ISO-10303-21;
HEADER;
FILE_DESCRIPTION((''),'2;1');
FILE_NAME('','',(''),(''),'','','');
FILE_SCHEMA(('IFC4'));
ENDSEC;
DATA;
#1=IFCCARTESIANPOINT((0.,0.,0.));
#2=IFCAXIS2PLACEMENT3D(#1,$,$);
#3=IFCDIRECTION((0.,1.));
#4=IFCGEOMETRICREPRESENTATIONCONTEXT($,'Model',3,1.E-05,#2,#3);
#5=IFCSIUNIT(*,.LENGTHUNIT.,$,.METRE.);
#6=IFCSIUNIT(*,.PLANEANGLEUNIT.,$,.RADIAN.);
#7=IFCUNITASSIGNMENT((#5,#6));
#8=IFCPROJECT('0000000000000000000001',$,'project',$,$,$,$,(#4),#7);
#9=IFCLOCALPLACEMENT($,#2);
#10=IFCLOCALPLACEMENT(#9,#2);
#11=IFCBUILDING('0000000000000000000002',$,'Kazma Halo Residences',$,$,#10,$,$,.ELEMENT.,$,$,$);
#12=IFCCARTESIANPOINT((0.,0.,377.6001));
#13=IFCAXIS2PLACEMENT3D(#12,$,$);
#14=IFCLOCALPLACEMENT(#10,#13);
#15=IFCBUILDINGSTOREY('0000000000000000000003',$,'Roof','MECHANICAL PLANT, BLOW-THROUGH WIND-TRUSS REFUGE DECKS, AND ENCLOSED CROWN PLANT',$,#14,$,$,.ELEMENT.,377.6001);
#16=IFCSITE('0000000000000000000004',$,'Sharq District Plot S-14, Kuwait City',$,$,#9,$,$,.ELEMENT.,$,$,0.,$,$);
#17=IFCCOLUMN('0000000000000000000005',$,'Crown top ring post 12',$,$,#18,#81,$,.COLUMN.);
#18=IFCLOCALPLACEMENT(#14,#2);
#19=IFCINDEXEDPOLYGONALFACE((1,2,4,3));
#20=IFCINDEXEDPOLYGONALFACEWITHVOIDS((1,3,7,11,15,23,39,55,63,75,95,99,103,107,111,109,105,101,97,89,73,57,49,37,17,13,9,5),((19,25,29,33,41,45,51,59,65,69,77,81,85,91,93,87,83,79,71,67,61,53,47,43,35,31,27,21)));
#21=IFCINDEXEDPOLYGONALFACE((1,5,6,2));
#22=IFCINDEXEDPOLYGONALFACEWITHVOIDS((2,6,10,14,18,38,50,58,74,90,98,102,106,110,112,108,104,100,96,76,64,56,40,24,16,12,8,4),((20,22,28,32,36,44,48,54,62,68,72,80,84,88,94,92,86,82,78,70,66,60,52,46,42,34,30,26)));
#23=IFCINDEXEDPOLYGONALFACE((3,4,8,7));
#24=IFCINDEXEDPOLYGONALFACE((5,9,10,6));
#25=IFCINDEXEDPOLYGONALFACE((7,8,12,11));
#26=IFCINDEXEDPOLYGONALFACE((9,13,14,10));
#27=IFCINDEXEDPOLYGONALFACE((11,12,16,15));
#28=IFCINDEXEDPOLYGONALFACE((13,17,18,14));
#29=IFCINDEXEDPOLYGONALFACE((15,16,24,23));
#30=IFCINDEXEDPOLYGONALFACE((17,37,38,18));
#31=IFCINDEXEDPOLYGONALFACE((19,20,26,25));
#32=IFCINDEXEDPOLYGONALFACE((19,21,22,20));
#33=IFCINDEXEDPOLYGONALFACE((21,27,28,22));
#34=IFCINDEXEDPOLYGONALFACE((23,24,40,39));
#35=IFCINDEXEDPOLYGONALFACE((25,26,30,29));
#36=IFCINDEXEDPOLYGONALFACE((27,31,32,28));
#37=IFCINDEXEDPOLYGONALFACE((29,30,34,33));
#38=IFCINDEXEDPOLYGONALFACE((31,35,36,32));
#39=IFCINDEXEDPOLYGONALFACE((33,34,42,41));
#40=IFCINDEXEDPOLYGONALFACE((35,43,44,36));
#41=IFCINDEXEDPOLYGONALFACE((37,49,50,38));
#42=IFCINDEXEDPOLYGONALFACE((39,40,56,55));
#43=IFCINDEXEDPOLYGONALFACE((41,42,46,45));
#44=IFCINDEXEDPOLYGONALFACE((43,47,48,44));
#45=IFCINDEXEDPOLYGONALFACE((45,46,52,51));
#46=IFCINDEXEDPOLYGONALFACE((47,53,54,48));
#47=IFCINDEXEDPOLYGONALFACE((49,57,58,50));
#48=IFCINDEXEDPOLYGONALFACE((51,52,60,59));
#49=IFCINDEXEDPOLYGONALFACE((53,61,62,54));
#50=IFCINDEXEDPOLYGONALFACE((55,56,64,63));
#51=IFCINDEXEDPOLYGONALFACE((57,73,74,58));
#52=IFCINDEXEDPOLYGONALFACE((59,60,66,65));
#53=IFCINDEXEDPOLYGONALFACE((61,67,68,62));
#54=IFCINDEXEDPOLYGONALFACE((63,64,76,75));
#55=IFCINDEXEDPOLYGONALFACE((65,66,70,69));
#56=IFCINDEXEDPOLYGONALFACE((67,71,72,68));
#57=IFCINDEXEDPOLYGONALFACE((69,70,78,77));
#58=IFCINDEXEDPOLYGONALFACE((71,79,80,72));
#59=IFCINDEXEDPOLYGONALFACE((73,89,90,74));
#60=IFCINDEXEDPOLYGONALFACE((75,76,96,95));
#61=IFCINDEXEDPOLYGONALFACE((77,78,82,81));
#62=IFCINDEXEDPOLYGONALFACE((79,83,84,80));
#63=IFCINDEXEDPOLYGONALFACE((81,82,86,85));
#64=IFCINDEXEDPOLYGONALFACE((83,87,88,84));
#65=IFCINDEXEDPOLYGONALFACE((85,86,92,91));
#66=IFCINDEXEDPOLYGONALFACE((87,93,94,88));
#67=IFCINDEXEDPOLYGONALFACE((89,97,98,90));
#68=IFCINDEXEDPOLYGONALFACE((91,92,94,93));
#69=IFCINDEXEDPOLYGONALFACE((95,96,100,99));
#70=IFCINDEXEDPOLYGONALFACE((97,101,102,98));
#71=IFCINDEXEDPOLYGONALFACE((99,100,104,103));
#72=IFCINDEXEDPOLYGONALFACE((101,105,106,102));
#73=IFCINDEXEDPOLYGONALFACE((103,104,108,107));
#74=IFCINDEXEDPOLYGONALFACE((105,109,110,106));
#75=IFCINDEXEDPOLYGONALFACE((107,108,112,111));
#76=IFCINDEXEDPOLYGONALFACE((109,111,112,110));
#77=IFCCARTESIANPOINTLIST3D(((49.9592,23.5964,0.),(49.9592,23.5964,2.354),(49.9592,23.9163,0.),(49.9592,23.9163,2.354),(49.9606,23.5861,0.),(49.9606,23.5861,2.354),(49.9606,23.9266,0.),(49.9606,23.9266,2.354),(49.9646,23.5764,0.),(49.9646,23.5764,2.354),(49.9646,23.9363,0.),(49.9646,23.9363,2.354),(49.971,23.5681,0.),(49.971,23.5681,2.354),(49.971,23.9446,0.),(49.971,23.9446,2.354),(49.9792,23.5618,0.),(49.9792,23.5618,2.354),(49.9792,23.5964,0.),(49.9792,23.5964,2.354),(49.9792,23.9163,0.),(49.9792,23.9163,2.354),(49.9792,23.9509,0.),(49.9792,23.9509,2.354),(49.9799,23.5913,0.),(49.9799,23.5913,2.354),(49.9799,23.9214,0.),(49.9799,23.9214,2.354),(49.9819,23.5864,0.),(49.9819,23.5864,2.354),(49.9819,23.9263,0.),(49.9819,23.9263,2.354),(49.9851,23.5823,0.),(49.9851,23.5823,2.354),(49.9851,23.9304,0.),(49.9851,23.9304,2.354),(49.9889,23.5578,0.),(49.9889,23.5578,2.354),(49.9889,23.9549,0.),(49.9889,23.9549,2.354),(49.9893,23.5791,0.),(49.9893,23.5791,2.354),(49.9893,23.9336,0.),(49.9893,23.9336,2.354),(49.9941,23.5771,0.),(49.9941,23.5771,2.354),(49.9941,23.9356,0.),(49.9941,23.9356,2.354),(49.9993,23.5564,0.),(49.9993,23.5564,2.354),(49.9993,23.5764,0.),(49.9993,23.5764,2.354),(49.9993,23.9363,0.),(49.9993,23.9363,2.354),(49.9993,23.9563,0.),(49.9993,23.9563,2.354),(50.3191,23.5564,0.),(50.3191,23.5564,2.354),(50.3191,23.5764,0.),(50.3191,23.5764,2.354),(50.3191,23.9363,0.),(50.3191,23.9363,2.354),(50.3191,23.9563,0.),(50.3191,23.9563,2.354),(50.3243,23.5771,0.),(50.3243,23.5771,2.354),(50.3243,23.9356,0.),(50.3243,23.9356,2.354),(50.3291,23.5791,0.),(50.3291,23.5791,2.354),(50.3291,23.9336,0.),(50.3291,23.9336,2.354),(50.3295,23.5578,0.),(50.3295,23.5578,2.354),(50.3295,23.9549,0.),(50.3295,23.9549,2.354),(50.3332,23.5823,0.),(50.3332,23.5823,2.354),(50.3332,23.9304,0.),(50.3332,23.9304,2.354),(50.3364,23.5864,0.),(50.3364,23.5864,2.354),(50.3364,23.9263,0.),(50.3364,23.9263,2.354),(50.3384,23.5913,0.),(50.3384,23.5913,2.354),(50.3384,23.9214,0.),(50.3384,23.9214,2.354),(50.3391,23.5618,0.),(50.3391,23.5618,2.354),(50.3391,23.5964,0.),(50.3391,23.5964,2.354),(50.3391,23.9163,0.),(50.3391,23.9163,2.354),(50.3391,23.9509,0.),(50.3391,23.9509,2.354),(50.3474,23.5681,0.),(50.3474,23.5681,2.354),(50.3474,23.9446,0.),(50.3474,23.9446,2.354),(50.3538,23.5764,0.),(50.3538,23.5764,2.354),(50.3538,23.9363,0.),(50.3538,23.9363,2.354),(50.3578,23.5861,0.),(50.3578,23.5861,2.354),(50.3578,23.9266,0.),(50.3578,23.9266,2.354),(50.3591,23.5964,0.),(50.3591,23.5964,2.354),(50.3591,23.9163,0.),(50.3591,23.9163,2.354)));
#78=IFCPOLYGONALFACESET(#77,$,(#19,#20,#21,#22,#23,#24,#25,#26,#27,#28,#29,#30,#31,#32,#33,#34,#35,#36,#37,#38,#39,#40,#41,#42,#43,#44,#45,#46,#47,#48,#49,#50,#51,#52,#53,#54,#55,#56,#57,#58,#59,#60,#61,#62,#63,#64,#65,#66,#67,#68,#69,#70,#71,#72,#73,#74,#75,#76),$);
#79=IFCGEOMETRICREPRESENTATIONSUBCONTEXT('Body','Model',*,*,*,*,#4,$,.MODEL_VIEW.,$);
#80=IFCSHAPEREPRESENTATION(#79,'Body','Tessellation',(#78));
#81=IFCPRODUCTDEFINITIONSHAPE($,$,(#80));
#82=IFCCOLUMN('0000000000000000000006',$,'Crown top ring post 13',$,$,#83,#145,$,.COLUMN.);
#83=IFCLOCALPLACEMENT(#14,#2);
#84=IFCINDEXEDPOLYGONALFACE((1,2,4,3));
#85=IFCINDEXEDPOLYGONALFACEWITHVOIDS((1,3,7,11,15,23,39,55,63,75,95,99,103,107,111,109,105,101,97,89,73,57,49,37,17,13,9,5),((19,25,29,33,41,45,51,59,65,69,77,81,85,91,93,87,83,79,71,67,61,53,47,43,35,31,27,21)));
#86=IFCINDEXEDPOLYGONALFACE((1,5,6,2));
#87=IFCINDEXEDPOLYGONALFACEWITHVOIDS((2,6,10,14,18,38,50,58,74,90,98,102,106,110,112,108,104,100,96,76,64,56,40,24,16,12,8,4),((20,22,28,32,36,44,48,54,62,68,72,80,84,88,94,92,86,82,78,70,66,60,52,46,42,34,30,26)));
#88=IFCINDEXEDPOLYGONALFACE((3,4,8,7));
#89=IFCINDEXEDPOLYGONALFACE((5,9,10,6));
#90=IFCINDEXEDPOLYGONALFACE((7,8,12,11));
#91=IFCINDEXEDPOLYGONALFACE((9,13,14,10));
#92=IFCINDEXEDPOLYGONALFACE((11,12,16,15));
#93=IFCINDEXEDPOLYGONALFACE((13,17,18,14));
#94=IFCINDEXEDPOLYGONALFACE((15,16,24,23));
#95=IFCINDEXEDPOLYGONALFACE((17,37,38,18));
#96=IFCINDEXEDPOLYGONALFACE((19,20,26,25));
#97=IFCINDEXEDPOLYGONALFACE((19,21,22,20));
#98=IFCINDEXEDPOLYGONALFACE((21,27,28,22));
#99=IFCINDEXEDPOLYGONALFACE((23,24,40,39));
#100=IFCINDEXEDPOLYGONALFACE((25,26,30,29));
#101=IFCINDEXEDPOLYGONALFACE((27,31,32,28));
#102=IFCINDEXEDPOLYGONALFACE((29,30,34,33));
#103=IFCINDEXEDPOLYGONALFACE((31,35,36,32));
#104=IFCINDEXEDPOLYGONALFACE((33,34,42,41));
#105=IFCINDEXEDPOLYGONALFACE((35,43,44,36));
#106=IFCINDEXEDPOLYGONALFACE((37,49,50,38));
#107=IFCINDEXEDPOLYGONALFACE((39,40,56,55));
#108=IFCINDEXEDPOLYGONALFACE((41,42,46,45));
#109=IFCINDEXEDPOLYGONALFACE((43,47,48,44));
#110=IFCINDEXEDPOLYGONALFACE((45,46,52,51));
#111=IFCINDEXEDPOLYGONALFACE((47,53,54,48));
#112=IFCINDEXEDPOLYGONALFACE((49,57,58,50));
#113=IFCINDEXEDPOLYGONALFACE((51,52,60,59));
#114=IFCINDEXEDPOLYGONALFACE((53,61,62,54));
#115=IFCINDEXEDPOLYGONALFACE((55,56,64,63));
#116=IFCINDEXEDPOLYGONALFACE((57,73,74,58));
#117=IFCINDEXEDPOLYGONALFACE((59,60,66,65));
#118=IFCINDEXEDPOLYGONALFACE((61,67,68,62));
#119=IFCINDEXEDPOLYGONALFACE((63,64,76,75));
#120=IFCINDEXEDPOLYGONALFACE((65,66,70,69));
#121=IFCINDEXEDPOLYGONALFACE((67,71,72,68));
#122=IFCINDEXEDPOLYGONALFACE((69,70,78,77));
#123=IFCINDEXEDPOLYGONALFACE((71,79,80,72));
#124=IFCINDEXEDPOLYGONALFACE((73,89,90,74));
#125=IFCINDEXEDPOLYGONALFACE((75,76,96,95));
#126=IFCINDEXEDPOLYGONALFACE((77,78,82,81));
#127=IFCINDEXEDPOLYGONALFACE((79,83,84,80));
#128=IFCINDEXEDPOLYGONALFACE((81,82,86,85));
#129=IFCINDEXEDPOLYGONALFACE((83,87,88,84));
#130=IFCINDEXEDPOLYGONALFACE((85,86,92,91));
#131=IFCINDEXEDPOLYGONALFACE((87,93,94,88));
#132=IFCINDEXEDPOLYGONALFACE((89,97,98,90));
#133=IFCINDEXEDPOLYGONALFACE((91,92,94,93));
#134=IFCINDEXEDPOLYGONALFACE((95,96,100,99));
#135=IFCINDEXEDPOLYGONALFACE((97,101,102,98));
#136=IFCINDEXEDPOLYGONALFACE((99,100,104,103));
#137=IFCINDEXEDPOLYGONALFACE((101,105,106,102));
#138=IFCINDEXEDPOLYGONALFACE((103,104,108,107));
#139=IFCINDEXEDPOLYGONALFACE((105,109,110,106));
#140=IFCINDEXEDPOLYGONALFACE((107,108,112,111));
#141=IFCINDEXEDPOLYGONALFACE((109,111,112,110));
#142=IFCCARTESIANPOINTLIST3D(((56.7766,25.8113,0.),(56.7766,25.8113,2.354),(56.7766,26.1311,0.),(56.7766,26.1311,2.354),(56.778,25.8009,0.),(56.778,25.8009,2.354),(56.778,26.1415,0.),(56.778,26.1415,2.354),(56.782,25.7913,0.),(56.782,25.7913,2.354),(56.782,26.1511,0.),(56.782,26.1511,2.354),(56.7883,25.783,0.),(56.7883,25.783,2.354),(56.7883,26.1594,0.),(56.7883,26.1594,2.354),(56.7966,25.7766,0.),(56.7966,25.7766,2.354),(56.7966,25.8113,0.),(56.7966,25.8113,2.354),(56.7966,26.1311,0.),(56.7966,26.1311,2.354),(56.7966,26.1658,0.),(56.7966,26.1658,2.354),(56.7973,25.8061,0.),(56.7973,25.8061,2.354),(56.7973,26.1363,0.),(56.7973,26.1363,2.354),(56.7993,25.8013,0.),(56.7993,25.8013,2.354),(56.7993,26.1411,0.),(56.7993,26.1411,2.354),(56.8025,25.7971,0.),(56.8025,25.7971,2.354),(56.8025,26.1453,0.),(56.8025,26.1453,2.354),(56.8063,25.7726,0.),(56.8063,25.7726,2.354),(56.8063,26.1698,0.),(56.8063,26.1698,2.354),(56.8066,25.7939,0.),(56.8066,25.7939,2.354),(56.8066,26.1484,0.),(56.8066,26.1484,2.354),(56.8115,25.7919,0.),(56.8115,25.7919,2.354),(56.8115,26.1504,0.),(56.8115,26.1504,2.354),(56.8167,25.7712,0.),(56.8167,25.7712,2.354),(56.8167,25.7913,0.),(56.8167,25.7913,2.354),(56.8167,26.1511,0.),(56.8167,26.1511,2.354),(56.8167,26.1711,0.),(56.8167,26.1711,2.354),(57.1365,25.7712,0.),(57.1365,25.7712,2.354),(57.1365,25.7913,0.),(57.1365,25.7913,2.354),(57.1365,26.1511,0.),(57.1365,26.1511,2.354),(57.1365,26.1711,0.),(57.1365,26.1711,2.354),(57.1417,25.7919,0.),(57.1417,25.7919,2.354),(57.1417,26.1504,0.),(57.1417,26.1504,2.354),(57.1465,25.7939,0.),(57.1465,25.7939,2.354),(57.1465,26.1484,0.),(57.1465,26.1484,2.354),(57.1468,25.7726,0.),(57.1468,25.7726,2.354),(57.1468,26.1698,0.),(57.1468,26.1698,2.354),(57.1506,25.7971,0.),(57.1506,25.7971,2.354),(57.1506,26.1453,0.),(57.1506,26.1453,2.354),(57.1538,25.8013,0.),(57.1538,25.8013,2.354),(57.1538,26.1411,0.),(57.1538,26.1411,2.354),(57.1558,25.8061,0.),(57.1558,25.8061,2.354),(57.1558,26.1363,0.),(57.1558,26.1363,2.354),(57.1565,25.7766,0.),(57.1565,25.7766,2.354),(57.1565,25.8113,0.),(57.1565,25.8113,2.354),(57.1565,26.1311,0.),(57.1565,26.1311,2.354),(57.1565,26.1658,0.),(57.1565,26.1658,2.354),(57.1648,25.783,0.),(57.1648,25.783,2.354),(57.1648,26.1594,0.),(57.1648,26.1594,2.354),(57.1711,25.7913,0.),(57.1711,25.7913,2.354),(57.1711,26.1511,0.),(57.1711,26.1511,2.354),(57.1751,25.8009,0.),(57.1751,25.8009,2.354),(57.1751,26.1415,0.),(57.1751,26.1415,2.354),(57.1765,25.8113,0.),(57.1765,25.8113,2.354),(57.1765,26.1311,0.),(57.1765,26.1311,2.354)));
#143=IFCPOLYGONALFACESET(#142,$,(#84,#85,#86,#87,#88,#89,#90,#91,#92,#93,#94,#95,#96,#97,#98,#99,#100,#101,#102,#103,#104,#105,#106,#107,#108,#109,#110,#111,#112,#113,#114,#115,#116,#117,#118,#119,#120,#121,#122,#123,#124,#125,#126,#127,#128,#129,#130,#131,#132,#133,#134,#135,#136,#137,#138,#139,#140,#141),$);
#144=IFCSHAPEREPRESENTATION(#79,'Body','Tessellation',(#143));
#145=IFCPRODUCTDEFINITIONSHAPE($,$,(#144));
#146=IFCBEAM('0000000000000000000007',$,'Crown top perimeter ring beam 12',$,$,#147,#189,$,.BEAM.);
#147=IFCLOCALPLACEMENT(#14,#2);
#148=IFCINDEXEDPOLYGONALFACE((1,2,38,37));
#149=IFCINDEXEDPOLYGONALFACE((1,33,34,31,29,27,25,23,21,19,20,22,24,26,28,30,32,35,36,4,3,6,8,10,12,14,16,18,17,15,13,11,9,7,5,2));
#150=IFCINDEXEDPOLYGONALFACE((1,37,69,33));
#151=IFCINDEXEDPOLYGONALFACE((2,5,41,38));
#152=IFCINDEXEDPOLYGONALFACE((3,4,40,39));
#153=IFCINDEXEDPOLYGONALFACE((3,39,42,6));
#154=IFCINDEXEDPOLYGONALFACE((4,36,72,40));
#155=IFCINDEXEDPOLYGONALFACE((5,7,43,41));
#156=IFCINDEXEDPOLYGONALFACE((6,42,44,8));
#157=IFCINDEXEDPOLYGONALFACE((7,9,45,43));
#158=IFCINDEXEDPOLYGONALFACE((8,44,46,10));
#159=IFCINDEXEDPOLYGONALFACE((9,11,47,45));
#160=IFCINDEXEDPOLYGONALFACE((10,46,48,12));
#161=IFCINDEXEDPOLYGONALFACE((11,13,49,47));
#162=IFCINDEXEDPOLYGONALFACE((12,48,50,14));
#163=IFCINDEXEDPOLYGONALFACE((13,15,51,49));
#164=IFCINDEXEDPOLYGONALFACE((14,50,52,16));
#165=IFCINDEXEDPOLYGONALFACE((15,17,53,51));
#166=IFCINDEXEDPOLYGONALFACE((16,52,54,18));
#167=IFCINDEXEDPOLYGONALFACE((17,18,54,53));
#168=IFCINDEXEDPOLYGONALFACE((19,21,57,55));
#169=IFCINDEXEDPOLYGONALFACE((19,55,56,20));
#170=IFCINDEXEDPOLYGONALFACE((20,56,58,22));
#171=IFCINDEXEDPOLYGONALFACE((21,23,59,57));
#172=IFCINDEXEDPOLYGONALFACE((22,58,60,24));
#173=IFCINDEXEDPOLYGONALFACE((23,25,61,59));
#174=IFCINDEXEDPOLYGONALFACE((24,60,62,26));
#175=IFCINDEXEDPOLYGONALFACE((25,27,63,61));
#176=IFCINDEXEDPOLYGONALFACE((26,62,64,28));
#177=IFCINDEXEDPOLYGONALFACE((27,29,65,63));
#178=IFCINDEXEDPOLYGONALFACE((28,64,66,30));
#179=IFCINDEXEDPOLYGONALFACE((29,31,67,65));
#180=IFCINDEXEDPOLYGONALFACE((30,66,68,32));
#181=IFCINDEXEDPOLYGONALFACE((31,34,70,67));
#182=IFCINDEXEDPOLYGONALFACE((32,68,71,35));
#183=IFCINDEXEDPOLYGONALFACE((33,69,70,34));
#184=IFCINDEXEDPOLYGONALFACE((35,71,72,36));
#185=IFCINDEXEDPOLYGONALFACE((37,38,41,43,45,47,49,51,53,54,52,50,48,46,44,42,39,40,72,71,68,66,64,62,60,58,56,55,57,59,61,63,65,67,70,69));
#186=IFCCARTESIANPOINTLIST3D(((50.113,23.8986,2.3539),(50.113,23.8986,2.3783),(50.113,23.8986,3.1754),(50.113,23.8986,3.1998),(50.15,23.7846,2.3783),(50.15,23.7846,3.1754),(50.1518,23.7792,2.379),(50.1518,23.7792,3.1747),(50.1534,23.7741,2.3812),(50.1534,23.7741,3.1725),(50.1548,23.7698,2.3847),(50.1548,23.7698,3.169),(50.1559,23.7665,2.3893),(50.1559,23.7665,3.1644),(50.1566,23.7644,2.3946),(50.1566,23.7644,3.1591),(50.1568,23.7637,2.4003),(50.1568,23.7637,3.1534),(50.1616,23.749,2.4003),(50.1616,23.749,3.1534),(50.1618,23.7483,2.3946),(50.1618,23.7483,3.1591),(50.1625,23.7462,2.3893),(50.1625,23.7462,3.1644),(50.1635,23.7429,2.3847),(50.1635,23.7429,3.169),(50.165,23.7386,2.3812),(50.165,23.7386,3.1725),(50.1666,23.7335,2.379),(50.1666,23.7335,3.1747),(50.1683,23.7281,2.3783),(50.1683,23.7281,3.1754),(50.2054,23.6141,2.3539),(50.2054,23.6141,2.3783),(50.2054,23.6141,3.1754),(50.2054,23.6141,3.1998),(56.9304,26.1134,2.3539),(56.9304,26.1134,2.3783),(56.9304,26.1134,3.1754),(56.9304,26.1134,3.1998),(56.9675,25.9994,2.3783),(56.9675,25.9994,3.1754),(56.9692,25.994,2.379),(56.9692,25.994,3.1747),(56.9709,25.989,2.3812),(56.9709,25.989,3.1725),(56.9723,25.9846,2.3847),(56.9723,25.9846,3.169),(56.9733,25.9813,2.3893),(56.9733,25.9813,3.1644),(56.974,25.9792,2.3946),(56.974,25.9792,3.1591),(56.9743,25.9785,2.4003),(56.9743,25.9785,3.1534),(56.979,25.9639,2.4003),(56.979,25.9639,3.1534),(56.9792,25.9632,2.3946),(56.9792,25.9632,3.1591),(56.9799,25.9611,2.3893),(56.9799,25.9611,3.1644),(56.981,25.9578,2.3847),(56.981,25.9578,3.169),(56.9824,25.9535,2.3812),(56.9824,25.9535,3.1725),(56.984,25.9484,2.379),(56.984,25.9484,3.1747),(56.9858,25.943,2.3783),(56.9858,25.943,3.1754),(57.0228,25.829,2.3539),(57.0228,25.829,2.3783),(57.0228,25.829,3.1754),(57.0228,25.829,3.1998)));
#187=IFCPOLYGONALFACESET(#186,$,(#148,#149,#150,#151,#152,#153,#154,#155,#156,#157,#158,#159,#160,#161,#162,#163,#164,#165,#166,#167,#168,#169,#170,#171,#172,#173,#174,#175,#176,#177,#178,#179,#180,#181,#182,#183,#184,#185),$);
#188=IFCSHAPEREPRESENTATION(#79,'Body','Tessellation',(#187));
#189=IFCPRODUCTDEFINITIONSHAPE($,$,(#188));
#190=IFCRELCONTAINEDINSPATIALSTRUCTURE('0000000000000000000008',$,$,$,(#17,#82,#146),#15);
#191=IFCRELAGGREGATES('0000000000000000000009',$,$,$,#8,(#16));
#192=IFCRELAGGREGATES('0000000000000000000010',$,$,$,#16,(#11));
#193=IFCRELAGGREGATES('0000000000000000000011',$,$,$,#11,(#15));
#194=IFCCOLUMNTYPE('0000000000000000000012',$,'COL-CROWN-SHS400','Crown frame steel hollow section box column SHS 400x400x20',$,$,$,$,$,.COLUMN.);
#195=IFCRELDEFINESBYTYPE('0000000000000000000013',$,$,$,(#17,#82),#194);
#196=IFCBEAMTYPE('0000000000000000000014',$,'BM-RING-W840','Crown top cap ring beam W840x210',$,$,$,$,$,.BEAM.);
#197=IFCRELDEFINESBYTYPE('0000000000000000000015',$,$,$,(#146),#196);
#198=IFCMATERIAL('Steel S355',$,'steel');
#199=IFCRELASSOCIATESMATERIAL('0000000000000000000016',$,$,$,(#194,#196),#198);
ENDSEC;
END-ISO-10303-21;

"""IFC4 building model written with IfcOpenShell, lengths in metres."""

from ifc_helpers import new_model, si_unit, direction, frame, origin, origin_2d, place, context, subcontext, project, spatial, hollow_rectangle, i_section, extrude, material, material_profile, profile_set, type_object, element, save


model = new_model("IFC4")

# Units and contexts
model_context = context("Model", 3, precision=1e-05, world=origin(), true_north=direction((0.0, 1.0)))
body_context = subcontext(model_context, "Body", "Model", "MODEL_VIEW")
ifc_project = project(units=[si_unit("LENGTHUNIT", "METRE"), si_unit("PLANEANGLEUNIT", "RADIAN")], contexts=[model_context])

# Site, building, storey
site_placement = place(None, origin())
site = spatial("IfcSite", under=ifc_project, at=site_placement, Name="Sharq District Plot S-14, Kuwait City", CompositionType="ELEMENT", RefElevation=0.0)
building_placement = place(site_placement, origin())
building = spatial("IfcBuilding", under=site, at=building_placement, Name="Kazma Halo Residences", CompositionType="ELEMENT")
storey_placement = place(building_placement, frame((0.0, 0.0, 377.6001)))
storey = spatial("IfcBuildingStorey", under=building, at=storey_placement, Name="Roof", Description="MECHANICAL PLANT, BLOW-THROUGH WIND-TRUSS REFUGE DECKS, AND ENCLOSED CROWN PLANT", CompositionType="ELEMENT", Elevation=377.6001)

# Columns
ifc_material_1 = material(Name="Steel S355", Category="steel")
ifc_material_profile_1 = material_profile(ifc_material_1, hollow_rectangle(XDim=0.3999, YDim=0.3999, WallThickness=0.02, InnerFilletRadius=0.02, OuterFilletRadius=0.04, at=origin_2d()), Name="SHS400x400x20")
ifc_profile_set_1 = profile_set([ifc_material_profile_1], Name="Steel S355")
column_type = type_object("IfcColumnType", Name="COL-CROWN-SHS400", Description="Crown frame steel hollow section box column SHS 400x400x20", PredefinedType="COLUMN", material=ifc_profile_set_1)
for number, where, z_axis, x_axis, name in (
    (1, (50.1592, 23.7563, 0.0), (0.0, 0.0, 1.0), (1.0, 0.0, 0.0), "Crown top ring post 12"),
    (2, (56.9766, 25.9712, 0.0), (0.0, 0.0, 1.0), (1.0, 0.0, 0.0), "Crown top ring post 13"),
):
    element("IfcColumn", number, at=place(storey_placement, frame(where, z_axis=z_axis, x_axis=x_axis)), inside=storey, type_object=column_type, Name=name, PredefinedType="COLUMN", context=body_context, shape_type="SweptSolid", body=[
        extrude(hollow_rectangle(XDim=0.3999, YDim=0.3999, WallThickness=0.02, InnerFilletRadius=0.02, OuterFilletRadius=0.04, at=origin_2d()), origin(), (0.0, 0.0, 1.0), 2.354),
    ])

# Beam
ifc_material_profile_2 = material_profile(ifc_material_1, i_section(OverallWidth=0.2991, OverallDepth=0.8459, WebThickness=0.0154, FlangeThickness=0.0244, FilletRadius=0.022, at=origin_2d()), Name="W840x210")
ifc_profile_set_2 = profile_set([ifc_material_profile_2], Name="Steel S355")
beam_type_1 = type_object("IfcBeamType", Name="BM-RING-W840", Description="Crown top cap ring beam W840x210", PredefinedType="BEAM", material=ifc_profile_set_2)
beam_1_placement = place(storey_placement, frame((50.1592, 23.7563, 2.7769), z_axis=(0.951067, 0.308984, 0.0), x_axis=(-0.308984, 0.951067, 0.0)))
element("IfcBeam", 3, at=beam_1_placement, inside=storey, type_object=beam_type_1, Name="Crown top perimeter ring beam 12", PredefinedType="BEAM", context=body_context, shape_type="SweptSolid", body=[
    extrude(i_section(OverallWidth=0.2991, OverallDepth=0.8459, WebThickness=0.0154, FlangeThickness=0.0244, FilletRadius=0.022, at=origin_2d()), origin(), (0.0, 0.0, 1.0), 7.1682),
])

save(model, "model.ifc")
